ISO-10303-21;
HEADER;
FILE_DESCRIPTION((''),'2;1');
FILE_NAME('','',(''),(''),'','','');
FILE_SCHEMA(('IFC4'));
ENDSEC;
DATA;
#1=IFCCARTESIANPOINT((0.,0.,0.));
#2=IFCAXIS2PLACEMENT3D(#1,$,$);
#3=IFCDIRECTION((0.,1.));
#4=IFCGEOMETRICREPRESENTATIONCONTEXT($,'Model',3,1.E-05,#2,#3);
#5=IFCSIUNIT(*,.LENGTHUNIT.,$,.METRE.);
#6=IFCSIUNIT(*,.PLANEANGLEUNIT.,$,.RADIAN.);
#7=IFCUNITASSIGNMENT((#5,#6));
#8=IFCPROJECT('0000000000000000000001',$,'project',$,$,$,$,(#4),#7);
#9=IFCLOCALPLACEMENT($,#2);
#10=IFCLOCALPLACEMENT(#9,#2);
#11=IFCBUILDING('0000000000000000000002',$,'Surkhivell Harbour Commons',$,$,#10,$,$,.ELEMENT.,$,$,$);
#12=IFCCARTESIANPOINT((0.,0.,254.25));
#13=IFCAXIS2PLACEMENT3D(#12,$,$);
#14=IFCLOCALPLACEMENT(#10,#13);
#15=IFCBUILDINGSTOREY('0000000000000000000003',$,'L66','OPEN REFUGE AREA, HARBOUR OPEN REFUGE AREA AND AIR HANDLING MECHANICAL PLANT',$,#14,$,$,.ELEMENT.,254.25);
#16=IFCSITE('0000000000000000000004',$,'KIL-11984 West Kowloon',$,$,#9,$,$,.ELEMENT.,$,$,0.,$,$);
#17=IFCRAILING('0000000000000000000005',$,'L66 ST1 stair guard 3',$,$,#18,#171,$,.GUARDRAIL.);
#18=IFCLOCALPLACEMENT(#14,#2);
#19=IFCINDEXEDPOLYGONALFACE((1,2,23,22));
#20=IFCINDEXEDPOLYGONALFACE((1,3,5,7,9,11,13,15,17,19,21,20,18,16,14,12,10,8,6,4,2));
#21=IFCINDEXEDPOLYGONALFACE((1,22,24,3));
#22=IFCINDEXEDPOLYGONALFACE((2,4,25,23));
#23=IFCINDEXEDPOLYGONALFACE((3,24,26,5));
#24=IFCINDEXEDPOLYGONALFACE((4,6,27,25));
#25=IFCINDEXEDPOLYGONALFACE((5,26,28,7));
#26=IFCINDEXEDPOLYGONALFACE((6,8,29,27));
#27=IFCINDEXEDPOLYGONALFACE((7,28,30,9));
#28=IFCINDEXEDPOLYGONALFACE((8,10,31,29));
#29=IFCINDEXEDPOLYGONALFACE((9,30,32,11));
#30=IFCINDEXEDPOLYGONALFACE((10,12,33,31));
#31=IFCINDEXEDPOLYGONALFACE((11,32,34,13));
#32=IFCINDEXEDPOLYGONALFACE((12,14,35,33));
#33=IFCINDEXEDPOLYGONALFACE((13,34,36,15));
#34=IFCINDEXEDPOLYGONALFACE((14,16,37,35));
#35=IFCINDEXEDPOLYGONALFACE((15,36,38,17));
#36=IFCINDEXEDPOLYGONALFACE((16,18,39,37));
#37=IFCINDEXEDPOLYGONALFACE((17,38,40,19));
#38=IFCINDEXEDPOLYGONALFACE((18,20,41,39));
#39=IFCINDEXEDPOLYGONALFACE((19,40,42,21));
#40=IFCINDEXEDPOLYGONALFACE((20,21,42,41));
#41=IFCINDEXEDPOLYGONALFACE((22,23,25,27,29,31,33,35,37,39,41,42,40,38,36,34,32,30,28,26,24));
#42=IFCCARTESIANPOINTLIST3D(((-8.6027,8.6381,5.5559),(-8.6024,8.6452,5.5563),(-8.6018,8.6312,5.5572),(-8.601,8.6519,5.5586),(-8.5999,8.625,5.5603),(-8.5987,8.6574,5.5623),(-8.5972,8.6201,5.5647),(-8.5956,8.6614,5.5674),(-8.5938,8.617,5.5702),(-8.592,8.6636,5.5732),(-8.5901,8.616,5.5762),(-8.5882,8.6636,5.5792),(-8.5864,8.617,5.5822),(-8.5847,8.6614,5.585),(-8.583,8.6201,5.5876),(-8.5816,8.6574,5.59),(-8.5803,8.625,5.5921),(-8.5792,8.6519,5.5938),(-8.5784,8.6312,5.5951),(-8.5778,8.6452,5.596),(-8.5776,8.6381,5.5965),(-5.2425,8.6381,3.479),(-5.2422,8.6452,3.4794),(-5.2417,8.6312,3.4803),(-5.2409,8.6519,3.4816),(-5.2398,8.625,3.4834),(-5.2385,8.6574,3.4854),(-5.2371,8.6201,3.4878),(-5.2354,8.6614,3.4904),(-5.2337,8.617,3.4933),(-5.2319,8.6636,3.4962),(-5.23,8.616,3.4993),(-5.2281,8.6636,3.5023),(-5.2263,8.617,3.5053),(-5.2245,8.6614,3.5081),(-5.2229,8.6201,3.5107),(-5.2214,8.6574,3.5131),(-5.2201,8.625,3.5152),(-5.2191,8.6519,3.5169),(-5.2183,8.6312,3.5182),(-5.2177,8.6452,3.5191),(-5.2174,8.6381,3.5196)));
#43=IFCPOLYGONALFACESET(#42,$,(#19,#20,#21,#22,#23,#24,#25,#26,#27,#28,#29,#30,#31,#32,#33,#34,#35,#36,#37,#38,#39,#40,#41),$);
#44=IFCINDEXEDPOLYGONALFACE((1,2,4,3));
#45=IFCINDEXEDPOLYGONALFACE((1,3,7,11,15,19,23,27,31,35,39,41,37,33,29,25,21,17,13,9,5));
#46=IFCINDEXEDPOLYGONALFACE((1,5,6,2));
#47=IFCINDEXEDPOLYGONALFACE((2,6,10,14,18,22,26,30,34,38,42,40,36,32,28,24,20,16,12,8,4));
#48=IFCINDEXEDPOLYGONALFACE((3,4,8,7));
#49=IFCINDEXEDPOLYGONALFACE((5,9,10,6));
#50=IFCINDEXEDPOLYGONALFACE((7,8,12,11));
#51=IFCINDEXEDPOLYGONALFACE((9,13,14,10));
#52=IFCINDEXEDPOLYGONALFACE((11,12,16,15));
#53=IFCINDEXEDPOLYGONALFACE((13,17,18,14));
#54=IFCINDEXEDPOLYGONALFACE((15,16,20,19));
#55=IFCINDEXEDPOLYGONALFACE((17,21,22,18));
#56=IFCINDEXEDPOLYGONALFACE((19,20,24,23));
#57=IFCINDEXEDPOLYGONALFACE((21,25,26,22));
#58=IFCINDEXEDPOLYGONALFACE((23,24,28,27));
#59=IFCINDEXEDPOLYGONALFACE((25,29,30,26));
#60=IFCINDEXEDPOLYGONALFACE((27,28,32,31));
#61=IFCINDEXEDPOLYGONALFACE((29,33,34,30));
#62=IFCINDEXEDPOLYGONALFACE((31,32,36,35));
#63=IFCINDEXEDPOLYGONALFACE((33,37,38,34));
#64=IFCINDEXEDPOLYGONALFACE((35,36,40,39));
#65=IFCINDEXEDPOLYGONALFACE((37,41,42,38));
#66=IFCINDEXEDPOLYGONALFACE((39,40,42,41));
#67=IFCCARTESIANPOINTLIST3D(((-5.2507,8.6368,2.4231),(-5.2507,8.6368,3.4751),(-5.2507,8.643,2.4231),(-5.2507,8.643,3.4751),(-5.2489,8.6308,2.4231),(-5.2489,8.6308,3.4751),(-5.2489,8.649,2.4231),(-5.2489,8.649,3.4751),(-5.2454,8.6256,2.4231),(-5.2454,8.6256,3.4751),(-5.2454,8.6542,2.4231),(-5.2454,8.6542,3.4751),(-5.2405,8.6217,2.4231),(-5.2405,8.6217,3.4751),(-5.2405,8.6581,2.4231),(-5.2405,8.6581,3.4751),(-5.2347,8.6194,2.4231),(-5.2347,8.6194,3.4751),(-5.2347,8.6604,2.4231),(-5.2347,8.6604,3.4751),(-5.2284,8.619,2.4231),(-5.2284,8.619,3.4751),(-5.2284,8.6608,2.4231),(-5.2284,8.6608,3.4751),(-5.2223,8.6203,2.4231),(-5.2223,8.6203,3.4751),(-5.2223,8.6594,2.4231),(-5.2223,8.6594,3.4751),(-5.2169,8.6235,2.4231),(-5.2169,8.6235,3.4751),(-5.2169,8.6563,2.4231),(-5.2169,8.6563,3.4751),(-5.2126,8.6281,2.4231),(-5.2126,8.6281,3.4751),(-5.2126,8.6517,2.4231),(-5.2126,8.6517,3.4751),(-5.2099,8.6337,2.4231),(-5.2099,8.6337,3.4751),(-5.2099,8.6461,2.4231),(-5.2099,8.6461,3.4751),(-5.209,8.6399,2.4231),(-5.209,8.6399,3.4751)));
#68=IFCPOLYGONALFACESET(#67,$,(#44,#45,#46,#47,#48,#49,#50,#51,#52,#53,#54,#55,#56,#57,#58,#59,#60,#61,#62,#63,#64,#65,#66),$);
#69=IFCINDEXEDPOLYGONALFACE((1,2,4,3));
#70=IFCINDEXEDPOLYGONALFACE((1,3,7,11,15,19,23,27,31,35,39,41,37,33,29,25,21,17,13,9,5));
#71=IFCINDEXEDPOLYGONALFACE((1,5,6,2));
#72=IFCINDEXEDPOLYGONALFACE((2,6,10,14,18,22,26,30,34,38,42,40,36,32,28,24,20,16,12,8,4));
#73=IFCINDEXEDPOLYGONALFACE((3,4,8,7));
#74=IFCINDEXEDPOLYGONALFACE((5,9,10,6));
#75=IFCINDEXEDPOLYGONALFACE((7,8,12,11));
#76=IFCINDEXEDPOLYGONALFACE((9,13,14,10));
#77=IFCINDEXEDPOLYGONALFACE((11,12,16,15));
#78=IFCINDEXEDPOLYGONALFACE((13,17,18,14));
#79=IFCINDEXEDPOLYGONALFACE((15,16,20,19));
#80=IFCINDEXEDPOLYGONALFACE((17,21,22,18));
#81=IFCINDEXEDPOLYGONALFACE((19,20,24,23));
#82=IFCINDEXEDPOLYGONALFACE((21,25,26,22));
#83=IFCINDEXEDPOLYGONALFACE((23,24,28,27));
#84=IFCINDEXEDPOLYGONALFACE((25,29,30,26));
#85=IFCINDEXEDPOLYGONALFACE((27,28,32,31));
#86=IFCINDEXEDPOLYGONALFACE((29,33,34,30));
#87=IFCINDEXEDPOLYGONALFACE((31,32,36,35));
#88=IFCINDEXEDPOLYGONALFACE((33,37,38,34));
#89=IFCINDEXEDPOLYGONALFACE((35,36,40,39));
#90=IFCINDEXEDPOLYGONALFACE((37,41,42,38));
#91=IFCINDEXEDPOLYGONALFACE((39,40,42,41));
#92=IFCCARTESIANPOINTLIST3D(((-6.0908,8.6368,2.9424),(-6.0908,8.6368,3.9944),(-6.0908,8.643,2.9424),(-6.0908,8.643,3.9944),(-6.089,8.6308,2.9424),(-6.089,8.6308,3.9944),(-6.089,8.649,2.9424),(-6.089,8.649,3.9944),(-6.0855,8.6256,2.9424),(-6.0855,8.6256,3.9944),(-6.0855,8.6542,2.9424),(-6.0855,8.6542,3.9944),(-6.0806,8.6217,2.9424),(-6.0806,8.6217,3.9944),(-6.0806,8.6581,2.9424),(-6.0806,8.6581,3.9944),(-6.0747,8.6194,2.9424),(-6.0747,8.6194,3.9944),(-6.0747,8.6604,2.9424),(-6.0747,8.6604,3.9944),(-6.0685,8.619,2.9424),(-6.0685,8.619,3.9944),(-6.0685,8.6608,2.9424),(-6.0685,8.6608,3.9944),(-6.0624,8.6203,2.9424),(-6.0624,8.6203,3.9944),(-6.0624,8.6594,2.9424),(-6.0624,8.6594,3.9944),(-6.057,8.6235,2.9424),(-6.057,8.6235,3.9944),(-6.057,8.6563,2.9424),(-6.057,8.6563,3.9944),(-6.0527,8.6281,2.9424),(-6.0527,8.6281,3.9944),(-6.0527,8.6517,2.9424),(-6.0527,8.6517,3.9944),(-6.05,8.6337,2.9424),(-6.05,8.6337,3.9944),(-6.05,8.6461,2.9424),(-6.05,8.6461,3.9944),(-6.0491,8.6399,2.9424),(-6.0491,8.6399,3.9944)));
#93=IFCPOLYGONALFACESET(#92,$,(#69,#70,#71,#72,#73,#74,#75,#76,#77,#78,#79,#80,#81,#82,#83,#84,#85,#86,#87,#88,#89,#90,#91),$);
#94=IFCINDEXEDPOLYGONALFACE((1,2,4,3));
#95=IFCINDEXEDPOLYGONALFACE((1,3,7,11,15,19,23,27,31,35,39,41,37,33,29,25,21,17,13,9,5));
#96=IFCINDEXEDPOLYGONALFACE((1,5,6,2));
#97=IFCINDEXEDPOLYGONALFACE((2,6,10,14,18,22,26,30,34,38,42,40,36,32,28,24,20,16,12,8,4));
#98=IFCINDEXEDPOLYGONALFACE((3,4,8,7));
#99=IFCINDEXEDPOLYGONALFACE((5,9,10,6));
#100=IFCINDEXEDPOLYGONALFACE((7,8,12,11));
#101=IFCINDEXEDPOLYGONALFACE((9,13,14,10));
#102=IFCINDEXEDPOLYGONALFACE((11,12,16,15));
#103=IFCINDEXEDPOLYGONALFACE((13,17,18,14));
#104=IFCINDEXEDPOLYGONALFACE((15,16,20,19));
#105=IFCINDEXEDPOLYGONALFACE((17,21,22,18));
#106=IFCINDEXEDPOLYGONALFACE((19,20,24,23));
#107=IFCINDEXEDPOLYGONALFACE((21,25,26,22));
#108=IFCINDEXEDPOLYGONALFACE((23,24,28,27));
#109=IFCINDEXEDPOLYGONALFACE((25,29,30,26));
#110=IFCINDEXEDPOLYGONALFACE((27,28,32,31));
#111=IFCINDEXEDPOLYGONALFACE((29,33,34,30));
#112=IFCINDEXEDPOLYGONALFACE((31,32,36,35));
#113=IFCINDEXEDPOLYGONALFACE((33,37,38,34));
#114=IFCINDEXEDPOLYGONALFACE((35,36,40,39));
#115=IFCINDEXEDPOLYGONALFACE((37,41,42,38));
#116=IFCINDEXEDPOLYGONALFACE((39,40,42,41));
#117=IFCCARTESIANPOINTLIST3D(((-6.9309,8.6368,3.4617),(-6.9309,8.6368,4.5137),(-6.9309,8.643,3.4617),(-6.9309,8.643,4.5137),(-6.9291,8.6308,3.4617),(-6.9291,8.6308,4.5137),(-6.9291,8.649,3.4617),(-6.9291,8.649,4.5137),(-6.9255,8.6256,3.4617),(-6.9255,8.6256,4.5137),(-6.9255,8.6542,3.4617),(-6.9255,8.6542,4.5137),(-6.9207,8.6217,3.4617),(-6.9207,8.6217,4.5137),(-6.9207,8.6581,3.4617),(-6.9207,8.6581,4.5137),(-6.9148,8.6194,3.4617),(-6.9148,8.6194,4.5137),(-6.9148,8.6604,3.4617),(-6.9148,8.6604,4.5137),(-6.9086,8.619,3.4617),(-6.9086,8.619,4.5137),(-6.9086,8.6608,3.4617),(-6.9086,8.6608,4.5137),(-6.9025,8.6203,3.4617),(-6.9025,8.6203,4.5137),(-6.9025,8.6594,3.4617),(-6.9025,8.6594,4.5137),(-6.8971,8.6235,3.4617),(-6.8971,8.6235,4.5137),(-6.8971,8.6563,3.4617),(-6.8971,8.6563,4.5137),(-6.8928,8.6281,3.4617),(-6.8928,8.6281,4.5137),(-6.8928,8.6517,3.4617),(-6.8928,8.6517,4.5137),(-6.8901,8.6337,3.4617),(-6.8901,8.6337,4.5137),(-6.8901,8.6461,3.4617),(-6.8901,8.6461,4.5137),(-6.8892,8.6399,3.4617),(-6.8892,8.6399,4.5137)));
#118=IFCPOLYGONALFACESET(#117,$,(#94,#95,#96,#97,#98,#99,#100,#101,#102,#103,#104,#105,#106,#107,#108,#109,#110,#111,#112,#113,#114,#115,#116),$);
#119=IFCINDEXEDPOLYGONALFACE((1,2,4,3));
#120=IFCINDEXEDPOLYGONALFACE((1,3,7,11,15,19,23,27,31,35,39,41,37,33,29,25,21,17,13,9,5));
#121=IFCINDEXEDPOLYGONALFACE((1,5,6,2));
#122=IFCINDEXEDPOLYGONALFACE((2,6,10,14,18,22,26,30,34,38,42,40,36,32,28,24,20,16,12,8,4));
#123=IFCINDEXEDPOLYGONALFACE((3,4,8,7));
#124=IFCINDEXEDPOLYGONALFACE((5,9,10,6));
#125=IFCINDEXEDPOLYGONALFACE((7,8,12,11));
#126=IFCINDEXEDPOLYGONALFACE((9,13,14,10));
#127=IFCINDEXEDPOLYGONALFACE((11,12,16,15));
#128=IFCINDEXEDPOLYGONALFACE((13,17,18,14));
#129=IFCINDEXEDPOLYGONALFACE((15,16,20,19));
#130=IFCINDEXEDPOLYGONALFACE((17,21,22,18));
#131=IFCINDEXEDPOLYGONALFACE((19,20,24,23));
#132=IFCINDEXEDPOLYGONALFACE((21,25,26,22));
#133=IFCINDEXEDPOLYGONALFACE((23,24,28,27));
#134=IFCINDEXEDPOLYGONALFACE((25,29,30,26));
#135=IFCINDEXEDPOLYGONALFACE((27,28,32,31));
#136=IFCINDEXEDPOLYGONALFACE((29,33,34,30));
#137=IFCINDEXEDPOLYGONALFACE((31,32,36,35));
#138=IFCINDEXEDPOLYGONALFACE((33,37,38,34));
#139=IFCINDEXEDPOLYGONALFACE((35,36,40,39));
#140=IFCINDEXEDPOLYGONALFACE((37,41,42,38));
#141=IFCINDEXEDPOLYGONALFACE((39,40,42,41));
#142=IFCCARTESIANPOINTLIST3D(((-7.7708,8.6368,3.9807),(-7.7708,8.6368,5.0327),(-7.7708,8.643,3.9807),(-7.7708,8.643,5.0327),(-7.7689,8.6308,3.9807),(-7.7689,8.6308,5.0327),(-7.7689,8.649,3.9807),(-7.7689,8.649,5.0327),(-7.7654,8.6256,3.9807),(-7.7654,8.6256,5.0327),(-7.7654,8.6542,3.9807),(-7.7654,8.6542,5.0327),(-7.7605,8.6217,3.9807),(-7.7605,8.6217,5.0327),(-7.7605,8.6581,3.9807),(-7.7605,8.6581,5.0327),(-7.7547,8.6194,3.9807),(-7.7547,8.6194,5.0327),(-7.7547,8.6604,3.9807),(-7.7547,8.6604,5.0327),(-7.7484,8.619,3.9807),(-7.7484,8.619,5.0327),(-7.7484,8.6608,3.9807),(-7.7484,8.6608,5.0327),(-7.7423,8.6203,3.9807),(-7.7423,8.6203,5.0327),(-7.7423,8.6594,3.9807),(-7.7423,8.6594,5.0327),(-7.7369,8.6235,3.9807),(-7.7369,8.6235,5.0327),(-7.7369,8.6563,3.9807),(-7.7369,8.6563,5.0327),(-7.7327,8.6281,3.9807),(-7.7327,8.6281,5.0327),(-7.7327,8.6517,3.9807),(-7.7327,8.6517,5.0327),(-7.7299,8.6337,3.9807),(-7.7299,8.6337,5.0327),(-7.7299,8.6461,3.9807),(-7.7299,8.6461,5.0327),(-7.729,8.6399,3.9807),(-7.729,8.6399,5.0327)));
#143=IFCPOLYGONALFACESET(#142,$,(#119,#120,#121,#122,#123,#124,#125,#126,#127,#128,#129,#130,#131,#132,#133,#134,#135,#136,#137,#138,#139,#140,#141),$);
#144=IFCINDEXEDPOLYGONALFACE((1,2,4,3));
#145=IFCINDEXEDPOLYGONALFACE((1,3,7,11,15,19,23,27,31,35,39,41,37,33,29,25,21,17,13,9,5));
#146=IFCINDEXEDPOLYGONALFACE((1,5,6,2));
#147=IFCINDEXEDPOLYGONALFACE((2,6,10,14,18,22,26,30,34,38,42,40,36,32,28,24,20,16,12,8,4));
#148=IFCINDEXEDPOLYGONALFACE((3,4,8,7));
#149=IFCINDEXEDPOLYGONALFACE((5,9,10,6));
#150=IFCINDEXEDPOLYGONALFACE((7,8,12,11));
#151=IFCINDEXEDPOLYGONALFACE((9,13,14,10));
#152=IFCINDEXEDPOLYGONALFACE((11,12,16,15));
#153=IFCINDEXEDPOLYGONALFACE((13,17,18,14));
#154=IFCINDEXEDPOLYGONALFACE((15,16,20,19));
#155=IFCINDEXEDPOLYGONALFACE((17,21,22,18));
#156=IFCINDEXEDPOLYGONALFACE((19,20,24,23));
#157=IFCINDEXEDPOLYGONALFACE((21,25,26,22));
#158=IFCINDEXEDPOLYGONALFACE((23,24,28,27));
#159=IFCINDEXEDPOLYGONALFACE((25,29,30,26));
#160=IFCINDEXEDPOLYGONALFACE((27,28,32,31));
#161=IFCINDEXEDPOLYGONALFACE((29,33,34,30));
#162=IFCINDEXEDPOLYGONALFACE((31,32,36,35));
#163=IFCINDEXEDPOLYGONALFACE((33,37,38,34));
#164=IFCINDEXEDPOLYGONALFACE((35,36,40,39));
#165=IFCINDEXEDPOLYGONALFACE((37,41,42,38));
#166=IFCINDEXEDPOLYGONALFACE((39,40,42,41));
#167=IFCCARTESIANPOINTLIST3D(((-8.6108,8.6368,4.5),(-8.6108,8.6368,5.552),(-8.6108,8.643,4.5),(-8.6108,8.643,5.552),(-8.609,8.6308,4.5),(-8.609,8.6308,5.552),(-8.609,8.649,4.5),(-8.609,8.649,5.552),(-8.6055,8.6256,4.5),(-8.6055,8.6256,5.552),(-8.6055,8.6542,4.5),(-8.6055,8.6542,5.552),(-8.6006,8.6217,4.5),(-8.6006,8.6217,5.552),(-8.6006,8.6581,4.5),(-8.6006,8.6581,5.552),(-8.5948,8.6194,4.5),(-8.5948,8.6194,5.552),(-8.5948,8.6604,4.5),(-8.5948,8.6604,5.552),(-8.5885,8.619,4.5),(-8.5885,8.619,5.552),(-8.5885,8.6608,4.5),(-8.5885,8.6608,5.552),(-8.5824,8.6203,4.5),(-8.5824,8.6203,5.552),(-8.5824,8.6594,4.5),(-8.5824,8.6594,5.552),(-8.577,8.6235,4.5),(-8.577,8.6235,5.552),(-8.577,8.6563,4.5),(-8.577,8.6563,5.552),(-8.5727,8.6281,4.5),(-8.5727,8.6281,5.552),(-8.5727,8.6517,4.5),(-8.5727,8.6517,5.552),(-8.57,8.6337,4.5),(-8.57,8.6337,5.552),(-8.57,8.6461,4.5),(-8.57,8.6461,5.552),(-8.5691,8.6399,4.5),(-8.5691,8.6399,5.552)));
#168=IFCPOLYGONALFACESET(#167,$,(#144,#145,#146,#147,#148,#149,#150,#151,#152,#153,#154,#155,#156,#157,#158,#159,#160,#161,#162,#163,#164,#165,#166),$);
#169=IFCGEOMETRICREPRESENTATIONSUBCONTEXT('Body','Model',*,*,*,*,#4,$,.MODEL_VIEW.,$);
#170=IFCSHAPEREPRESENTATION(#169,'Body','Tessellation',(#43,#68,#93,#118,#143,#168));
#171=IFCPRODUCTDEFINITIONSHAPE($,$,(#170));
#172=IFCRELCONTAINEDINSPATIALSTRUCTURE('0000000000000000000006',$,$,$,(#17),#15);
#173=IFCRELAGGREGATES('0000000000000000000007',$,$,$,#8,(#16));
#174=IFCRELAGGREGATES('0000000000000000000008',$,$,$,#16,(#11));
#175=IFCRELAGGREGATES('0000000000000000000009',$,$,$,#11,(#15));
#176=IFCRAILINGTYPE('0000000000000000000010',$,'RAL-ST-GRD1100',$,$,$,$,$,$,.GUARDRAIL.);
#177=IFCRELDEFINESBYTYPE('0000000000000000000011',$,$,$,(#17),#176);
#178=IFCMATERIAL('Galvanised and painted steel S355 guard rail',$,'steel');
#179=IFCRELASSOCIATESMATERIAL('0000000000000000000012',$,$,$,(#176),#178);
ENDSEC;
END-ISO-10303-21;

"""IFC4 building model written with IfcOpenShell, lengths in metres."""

from ifc_helpers import new_model, si_unit, direction, frame, origin, origin_2d, place, context, subcontext, project, spatial, circle, extrude, material, type_object, element, save


model = new_model("IFC4")

# Units and contexts
model_context = context("Model", 3, precision=1e-05, world=origin(), true_north=direction((0.0, 1.0)))
body_context = subcontext(model_context, "Body", "Model", "MODEL_VIEW")
ifc_project = project(units=[si_unit("LENGTHUNIT", "METRE"), si_unit("PLANEANGLEUNIT", "RADIAN")], contexts=[model_context])

# Site, building, storey
site_placement = place(None, origin())
site = spatial("IfcSite", under=ifc_project, at=site_placement, Name="KIL-11984 West Kowloon", CompositionType="ELEMENT", RefElevation=0.0)
building_placement = place(site_placement, origin())
building = spatial("IfcBuilding", under=site, at=building_placement, Name="Surkhivell Harbour Commons", CompositionType="ELEMENT")
storey_placement = place(building_placement, frame((0.0, 0.0, 254.25)))
storey = spatial("IfcBuildingStorey", under=building, at=storey_placement, Name="L66", Description="OPEN REFUGE AREA, HARBOUR OPEN REFUGE AREA AND AIR HANDLING MECHANICAL PLANT", CompositionType="ELEMENT", Elevation=254.25)

# Railing
ifc_material_1 = material(Name="Galvanised and painted steel S355 guard rail", Category="steel")
railing_type_1 = type_object("IfcRailingType", Name="RAL-ST-GRD1100", PredefinedType="GUARDRAIL", material=ifc_material_1)
railing_1_placement = place(storey_placement, frame((-5.23, 8.6399, 2.4231)))
element("IfcRailing", 1, at=railing_1_placement, inside=storey, type_object=railing_type_1, Name="L66 ST1 stair guard 3", PredefinedType="GUARDRAIL", context=body_context, shape_type="SweptSolid", body=[
    extrude(circle(Radius=0.0239, at=origin_2d()), frame((0.0, 0.0, 1.0762), z_axis=(-0.850623, 0.0, 0.525776), x_axis=(0.0, -1.0, 0.0)), (0.0, 0.0, 1.0), 3.9502),
    extrude(circle(Radius=0.021, at=origin_2d()), origin(), (0.0, 0.0, 1.0), 1.052),
    extrude(circle(Radius=0.021, at=origin_2d()), frame((-0.8401, 0.0, 0.5193)), (0.0, 0.0, 1.0), 1.052),
    extrude(circle(Radius=0.021, at=origin_2d()), frame((-1.6802, 0.0, 1.0386)), (0.0, 0.0, 1.0), 1.052),
    extrude(circle(Radius=0.021, at=origin_2d()), frame((-2.52, 0.0, 1.5576)), (0.0, 0.0, 1.0), 1.052),
    extrude(circle(Radius=0.021, at=origin_2d()), frame((-3.3601, 0.0, 2.0769)), (0.0, 0.0, 1.0), 1.052),
])

save(model, "model.ifc")
